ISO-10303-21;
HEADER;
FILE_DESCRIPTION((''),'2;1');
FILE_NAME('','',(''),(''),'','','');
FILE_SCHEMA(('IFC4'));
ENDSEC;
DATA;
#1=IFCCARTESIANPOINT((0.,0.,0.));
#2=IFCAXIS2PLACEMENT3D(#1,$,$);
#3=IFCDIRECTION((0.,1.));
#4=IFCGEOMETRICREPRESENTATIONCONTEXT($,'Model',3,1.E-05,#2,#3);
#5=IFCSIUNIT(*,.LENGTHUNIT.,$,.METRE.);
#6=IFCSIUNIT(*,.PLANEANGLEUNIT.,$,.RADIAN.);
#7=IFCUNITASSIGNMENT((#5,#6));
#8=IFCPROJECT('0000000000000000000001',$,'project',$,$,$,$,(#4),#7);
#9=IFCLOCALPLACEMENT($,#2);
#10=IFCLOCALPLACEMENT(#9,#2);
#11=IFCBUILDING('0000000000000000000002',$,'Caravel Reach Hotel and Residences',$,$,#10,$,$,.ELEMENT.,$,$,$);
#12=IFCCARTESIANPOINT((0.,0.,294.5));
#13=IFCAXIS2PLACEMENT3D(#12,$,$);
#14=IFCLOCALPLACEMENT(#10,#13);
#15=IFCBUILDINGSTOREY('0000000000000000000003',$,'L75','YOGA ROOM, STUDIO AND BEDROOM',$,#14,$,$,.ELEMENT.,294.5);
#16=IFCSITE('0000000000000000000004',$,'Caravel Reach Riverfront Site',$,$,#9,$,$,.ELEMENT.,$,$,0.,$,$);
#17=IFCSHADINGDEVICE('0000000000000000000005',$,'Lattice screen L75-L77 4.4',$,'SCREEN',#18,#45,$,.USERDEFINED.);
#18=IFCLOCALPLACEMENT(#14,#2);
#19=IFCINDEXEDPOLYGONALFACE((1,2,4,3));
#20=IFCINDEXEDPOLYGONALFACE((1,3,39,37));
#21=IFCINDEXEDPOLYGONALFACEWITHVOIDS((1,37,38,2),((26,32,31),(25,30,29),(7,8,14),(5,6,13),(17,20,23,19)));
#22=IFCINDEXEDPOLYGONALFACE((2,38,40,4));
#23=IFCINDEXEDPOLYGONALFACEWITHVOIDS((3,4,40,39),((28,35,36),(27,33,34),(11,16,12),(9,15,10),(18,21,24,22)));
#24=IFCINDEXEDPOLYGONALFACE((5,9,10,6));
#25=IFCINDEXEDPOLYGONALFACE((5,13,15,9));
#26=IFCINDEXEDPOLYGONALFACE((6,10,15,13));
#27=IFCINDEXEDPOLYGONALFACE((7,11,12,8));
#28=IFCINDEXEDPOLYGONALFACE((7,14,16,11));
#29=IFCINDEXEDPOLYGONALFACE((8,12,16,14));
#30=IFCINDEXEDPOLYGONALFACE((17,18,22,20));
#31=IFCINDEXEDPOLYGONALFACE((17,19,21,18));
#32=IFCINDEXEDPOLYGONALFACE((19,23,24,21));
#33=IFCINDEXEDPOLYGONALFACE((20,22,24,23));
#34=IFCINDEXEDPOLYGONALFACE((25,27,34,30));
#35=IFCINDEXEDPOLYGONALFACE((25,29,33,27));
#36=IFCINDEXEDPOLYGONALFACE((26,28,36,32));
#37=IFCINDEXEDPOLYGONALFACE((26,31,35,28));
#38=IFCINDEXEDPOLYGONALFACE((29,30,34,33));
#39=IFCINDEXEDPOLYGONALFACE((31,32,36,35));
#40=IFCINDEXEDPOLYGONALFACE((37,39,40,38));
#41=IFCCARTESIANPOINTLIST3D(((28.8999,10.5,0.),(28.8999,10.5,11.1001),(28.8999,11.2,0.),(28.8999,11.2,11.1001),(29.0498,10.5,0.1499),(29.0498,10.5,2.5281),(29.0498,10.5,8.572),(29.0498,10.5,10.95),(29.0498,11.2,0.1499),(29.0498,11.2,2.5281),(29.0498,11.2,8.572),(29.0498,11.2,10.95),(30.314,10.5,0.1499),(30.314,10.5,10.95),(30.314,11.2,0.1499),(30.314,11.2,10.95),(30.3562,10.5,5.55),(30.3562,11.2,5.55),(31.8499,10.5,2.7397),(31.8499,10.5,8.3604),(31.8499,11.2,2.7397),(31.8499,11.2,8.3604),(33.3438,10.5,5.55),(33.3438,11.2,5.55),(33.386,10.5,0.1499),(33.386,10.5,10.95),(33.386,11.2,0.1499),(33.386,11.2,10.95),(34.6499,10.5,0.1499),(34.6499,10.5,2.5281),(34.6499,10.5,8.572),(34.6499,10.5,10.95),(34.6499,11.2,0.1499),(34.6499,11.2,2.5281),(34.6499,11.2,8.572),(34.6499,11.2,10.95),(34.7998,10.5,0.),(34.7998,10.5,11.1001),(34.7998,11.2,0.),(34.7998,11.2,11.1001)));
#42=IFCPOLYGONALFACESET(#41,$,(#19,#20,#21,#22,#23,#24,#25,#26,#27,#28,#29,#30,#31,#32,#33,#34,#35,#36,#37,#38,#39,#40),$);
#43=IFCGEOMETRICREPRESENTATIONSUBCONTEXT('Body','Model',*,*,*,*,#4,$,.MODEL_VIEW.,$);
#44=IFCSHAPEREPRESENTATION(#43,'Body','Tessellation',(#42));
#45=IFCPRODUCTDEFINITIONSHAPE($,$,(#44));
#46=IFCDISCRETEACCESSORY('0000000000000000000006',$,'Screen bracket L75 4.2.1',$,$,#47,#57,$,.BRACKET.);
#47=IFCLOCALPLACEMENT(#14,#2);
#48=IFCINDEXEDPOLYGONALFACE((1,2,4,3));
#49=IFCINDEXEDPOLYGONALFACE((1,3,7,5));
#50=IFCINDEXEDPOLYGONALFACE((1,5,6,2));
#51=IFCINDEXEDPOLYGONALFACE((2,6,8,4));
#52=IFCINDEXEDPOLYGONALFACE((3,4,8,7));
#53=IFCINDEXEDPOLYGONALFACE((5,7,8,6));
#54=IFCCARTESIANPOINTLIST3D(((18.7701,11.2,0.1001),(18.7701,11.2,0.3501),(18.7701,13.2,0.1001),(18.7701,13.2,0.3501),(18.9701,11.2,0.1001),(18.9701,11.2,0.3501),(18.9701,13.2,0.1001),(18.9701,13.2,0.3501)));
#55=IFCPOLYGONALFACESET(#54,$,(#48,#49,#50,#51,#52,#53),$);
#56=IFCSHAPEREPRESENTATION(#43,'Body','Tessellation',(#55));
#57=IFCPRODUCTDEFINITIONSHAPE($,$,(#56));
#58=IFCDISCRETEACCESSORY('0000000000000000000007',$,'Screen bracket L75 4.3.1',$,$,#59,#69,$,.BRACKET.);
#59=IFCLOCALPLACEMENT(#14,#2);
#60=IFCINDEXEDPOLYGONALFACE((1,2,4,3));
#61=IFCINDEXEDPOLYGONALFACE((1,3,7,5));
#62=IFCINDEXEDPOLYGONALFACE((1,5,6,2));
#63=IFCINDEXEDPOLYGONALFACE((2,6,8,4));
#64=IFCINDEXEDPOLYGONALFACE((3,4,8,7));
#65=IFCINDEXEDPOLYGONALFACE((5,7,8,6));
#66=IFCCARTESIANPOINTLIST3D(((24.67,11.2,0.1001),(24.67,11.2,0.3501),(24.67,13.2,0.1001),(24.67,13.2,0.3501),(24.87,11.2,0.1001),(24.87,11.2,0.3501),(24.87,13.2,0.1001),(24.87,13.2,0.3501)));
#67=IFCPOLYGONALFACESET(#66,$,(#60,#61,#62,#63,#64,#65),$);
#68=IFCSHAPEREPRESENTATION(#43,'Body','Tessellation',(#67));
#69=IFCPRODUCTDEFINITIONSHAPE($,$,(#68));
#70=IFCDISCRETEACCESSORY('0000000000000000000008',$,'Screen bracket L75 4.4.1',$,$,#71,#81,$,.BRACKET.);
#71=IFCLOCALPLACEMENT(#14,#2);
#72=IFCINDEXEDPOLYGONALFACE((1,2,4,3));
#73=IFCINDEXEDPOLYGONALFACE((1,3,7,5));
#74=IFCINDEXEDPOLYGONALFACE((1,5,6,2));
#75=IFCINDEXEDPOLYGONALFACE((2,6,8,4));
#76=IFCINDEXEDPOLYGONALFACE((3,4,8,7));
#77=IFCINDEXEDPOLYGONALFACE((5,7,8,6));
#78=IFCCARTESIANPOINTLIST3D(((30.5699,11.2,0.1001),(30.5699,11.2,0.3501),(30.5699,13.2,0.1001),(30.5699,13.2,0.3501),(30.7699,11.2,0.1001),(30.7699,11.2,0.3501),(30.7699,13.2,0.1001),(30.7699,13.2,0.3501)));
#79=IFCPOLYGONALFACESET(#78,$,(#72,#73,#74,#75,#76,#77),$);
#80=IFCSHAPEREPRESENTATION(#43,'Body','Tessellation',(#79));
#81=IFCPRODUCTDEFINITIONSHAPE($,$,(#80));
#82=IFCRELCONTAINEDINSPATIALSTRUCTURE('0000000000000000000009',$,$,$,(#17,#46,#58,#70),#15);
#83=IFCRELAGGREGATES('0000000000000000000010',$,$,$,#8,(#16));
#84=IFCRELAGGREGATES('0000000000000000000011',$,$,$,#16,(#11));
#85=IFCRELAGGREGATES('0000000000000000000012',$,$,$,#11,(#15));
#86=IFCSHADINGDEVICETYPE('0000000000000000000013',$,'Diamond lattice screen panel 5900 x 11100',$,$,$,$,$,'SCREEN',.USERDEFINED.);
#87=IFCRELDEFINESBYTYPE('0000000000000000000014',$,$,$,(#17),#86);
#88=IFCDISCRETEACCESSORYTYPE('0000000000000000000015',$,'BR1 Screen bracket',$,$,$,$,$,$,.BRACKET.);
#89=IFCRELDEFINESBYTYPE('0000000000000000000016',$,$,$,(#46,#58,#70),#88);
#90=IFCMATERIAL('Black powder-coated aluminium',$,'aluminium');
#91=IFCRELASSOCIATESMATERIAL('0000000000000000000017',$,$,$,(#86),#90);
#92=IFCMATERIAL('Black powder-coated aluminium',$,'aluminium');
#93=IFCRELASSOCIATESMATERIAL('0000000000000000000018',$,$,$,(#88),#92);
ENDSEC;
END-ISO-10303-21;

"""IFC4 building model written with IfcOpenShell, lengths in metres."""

from ifc_helpers import new_model, si_unit, direction, frame, origin, origin_2d, place, context, subcontext, project, spatial, polyline, rectangle, outline, extrude, material, type_object, element, save


model = new_model("IFC4")

# Units and contexts
model_context = context("Model", 3, precision=1e-05, world=origin(), true_north=direction((0.0, 1.0)))
body_context = subcontext(model_context, "Body", "Model", "MODEL_VIEW")
ifc_project = project(units=[si_unit("LENGTHUNIT", "METRE"), si_unit("PLANEANGLEUNIT", "RADIAN")], contexts=[model_context])

# Site, building, storey
site_placement = place(None, origin())
site = spatial("IfcSite", under=ifc_project, at=site_placement, Name="Caravel Reach Riverfront Site", CompositionType="ELEMENT", RefElevation=0.0)
building_placement = place(site_placement, origin())
building = spatial("IfcBuilding", under=site, at=building_placement, Name="Caravel Reach Hotel and Residences", CompositionType="ELEMENT")
storey_placement = place(building_placement, frame((0.0, 0.0, 294.5)))
storey = spatial("IfcBuildingStorey", under=building, at=storey_placement, Name="L75", Description="YOGA ROOM, STUDIO AND BEDROOM", CompositionType="ELEMENT", Elevation=294.5)

# Shading device
ifc_material_1 = material(Name="Black powder-coated aluminium", Category="aluminium")
shading_device_type = type_object("IfcShadingDeviceType", Name="Diamond lattice screen panel 5900 x 11100", ElementType="SCREEN", PredefinedType="USERDEFINED", material=ifc_material_1)
for number, where, z_axis, x_axis, name in (
    (1, (28.8999, 11.2, 0.0), (0.0, -1.0, 0.0), (1.0, 0.0, 0.0), "Lattice screen L75-L77 4.4"),
):
    element("IfcShadingDevice", number, at=place(storey_placement, frame(where, z_axis=z_axis, x_axis=x_axis)), inside=storey, type_object=shading_device_type, Name=name, ObjectType="SCREEN", PredefinedType="USERDEFINED", context=body_context, shape_type="SweptSolid", body=[
        extrude(outline(polyline([(0.0, 0.0), (5.8999, 0.0), (5.8999, 11.1001), (0.0, 11.1001), (0.0, 0.0)]), holes=[polyline([(1.4141, 0.1499), (0.1499, 2.5281), (0.1499, 0.1499), (1.4141, 0.1499)]), polyline([(0.1499, 8.572), (1.4141, 10.95), (0.1499, 10.95), (0.1499, 8.572)]), polyline([(2.95, 8.3604), (1.4563, 5.55), (2.95, 2.7397), (4.4438, 5.55), (2.95, 8.3604)]), polyline([(5.75, 2.5281), (4.4861, 0.1499), (5.75, 0.1499), (5.75, 2.5281)]), polyline([(4.4861, 10.95), (5.75, 8.572), (5.75, 10.95), (4.4861, 10.95)])]), origin(), (0.0, 0.0, 1.0), 0.7),
    ])

# Discrete accessories
ifc_material_2 = material(Name="Black powder-coated aluminium", Category="aluminium")
discrete_accessory_type = type_object("IfcDiscreteAccessoryType", Name="BR1 Screen bracket", PredefinedType="BRACKET", material=ifc_material_2)
for number, where, z_axis, x_axis, name in (
    (2, (18.8701, 12.2, 0.1001), (0.0, 0.0, 1.0), (0.0, -1.0, 0.0), "Screen bracket L75 4.2.1"),
    (3, (24.77, 12.2, 0.1001), (0.0, 0.0, 1.0), (0.0, -1.0, 0.0), "Screen bracket L75 4.3.1"),
    (4, (30.6699, 12.2, 0.1001), (0.0, 0.0, 1.0), (0.0, -1.0, 0.0), "Screen bracket L75 4.4.1"),
):
    element("IfcDiscreteAccessory", number, at=place(storey_placement, frame(where, z_axis=z_axis, x_axis=x_axis)), inside=storey, type_object=discrete_accessory_type, Name=name, PredefinedType="BRACKET", context=body_context, shape_type="SweptSolid", body=[
        extrude(rectangle(XDim=2.0, YDim=0.2, at=origin_2d()), origin(), (0.0, 0.0, 1.0), 0.25),
    ])

save(model, "model.ifc")
